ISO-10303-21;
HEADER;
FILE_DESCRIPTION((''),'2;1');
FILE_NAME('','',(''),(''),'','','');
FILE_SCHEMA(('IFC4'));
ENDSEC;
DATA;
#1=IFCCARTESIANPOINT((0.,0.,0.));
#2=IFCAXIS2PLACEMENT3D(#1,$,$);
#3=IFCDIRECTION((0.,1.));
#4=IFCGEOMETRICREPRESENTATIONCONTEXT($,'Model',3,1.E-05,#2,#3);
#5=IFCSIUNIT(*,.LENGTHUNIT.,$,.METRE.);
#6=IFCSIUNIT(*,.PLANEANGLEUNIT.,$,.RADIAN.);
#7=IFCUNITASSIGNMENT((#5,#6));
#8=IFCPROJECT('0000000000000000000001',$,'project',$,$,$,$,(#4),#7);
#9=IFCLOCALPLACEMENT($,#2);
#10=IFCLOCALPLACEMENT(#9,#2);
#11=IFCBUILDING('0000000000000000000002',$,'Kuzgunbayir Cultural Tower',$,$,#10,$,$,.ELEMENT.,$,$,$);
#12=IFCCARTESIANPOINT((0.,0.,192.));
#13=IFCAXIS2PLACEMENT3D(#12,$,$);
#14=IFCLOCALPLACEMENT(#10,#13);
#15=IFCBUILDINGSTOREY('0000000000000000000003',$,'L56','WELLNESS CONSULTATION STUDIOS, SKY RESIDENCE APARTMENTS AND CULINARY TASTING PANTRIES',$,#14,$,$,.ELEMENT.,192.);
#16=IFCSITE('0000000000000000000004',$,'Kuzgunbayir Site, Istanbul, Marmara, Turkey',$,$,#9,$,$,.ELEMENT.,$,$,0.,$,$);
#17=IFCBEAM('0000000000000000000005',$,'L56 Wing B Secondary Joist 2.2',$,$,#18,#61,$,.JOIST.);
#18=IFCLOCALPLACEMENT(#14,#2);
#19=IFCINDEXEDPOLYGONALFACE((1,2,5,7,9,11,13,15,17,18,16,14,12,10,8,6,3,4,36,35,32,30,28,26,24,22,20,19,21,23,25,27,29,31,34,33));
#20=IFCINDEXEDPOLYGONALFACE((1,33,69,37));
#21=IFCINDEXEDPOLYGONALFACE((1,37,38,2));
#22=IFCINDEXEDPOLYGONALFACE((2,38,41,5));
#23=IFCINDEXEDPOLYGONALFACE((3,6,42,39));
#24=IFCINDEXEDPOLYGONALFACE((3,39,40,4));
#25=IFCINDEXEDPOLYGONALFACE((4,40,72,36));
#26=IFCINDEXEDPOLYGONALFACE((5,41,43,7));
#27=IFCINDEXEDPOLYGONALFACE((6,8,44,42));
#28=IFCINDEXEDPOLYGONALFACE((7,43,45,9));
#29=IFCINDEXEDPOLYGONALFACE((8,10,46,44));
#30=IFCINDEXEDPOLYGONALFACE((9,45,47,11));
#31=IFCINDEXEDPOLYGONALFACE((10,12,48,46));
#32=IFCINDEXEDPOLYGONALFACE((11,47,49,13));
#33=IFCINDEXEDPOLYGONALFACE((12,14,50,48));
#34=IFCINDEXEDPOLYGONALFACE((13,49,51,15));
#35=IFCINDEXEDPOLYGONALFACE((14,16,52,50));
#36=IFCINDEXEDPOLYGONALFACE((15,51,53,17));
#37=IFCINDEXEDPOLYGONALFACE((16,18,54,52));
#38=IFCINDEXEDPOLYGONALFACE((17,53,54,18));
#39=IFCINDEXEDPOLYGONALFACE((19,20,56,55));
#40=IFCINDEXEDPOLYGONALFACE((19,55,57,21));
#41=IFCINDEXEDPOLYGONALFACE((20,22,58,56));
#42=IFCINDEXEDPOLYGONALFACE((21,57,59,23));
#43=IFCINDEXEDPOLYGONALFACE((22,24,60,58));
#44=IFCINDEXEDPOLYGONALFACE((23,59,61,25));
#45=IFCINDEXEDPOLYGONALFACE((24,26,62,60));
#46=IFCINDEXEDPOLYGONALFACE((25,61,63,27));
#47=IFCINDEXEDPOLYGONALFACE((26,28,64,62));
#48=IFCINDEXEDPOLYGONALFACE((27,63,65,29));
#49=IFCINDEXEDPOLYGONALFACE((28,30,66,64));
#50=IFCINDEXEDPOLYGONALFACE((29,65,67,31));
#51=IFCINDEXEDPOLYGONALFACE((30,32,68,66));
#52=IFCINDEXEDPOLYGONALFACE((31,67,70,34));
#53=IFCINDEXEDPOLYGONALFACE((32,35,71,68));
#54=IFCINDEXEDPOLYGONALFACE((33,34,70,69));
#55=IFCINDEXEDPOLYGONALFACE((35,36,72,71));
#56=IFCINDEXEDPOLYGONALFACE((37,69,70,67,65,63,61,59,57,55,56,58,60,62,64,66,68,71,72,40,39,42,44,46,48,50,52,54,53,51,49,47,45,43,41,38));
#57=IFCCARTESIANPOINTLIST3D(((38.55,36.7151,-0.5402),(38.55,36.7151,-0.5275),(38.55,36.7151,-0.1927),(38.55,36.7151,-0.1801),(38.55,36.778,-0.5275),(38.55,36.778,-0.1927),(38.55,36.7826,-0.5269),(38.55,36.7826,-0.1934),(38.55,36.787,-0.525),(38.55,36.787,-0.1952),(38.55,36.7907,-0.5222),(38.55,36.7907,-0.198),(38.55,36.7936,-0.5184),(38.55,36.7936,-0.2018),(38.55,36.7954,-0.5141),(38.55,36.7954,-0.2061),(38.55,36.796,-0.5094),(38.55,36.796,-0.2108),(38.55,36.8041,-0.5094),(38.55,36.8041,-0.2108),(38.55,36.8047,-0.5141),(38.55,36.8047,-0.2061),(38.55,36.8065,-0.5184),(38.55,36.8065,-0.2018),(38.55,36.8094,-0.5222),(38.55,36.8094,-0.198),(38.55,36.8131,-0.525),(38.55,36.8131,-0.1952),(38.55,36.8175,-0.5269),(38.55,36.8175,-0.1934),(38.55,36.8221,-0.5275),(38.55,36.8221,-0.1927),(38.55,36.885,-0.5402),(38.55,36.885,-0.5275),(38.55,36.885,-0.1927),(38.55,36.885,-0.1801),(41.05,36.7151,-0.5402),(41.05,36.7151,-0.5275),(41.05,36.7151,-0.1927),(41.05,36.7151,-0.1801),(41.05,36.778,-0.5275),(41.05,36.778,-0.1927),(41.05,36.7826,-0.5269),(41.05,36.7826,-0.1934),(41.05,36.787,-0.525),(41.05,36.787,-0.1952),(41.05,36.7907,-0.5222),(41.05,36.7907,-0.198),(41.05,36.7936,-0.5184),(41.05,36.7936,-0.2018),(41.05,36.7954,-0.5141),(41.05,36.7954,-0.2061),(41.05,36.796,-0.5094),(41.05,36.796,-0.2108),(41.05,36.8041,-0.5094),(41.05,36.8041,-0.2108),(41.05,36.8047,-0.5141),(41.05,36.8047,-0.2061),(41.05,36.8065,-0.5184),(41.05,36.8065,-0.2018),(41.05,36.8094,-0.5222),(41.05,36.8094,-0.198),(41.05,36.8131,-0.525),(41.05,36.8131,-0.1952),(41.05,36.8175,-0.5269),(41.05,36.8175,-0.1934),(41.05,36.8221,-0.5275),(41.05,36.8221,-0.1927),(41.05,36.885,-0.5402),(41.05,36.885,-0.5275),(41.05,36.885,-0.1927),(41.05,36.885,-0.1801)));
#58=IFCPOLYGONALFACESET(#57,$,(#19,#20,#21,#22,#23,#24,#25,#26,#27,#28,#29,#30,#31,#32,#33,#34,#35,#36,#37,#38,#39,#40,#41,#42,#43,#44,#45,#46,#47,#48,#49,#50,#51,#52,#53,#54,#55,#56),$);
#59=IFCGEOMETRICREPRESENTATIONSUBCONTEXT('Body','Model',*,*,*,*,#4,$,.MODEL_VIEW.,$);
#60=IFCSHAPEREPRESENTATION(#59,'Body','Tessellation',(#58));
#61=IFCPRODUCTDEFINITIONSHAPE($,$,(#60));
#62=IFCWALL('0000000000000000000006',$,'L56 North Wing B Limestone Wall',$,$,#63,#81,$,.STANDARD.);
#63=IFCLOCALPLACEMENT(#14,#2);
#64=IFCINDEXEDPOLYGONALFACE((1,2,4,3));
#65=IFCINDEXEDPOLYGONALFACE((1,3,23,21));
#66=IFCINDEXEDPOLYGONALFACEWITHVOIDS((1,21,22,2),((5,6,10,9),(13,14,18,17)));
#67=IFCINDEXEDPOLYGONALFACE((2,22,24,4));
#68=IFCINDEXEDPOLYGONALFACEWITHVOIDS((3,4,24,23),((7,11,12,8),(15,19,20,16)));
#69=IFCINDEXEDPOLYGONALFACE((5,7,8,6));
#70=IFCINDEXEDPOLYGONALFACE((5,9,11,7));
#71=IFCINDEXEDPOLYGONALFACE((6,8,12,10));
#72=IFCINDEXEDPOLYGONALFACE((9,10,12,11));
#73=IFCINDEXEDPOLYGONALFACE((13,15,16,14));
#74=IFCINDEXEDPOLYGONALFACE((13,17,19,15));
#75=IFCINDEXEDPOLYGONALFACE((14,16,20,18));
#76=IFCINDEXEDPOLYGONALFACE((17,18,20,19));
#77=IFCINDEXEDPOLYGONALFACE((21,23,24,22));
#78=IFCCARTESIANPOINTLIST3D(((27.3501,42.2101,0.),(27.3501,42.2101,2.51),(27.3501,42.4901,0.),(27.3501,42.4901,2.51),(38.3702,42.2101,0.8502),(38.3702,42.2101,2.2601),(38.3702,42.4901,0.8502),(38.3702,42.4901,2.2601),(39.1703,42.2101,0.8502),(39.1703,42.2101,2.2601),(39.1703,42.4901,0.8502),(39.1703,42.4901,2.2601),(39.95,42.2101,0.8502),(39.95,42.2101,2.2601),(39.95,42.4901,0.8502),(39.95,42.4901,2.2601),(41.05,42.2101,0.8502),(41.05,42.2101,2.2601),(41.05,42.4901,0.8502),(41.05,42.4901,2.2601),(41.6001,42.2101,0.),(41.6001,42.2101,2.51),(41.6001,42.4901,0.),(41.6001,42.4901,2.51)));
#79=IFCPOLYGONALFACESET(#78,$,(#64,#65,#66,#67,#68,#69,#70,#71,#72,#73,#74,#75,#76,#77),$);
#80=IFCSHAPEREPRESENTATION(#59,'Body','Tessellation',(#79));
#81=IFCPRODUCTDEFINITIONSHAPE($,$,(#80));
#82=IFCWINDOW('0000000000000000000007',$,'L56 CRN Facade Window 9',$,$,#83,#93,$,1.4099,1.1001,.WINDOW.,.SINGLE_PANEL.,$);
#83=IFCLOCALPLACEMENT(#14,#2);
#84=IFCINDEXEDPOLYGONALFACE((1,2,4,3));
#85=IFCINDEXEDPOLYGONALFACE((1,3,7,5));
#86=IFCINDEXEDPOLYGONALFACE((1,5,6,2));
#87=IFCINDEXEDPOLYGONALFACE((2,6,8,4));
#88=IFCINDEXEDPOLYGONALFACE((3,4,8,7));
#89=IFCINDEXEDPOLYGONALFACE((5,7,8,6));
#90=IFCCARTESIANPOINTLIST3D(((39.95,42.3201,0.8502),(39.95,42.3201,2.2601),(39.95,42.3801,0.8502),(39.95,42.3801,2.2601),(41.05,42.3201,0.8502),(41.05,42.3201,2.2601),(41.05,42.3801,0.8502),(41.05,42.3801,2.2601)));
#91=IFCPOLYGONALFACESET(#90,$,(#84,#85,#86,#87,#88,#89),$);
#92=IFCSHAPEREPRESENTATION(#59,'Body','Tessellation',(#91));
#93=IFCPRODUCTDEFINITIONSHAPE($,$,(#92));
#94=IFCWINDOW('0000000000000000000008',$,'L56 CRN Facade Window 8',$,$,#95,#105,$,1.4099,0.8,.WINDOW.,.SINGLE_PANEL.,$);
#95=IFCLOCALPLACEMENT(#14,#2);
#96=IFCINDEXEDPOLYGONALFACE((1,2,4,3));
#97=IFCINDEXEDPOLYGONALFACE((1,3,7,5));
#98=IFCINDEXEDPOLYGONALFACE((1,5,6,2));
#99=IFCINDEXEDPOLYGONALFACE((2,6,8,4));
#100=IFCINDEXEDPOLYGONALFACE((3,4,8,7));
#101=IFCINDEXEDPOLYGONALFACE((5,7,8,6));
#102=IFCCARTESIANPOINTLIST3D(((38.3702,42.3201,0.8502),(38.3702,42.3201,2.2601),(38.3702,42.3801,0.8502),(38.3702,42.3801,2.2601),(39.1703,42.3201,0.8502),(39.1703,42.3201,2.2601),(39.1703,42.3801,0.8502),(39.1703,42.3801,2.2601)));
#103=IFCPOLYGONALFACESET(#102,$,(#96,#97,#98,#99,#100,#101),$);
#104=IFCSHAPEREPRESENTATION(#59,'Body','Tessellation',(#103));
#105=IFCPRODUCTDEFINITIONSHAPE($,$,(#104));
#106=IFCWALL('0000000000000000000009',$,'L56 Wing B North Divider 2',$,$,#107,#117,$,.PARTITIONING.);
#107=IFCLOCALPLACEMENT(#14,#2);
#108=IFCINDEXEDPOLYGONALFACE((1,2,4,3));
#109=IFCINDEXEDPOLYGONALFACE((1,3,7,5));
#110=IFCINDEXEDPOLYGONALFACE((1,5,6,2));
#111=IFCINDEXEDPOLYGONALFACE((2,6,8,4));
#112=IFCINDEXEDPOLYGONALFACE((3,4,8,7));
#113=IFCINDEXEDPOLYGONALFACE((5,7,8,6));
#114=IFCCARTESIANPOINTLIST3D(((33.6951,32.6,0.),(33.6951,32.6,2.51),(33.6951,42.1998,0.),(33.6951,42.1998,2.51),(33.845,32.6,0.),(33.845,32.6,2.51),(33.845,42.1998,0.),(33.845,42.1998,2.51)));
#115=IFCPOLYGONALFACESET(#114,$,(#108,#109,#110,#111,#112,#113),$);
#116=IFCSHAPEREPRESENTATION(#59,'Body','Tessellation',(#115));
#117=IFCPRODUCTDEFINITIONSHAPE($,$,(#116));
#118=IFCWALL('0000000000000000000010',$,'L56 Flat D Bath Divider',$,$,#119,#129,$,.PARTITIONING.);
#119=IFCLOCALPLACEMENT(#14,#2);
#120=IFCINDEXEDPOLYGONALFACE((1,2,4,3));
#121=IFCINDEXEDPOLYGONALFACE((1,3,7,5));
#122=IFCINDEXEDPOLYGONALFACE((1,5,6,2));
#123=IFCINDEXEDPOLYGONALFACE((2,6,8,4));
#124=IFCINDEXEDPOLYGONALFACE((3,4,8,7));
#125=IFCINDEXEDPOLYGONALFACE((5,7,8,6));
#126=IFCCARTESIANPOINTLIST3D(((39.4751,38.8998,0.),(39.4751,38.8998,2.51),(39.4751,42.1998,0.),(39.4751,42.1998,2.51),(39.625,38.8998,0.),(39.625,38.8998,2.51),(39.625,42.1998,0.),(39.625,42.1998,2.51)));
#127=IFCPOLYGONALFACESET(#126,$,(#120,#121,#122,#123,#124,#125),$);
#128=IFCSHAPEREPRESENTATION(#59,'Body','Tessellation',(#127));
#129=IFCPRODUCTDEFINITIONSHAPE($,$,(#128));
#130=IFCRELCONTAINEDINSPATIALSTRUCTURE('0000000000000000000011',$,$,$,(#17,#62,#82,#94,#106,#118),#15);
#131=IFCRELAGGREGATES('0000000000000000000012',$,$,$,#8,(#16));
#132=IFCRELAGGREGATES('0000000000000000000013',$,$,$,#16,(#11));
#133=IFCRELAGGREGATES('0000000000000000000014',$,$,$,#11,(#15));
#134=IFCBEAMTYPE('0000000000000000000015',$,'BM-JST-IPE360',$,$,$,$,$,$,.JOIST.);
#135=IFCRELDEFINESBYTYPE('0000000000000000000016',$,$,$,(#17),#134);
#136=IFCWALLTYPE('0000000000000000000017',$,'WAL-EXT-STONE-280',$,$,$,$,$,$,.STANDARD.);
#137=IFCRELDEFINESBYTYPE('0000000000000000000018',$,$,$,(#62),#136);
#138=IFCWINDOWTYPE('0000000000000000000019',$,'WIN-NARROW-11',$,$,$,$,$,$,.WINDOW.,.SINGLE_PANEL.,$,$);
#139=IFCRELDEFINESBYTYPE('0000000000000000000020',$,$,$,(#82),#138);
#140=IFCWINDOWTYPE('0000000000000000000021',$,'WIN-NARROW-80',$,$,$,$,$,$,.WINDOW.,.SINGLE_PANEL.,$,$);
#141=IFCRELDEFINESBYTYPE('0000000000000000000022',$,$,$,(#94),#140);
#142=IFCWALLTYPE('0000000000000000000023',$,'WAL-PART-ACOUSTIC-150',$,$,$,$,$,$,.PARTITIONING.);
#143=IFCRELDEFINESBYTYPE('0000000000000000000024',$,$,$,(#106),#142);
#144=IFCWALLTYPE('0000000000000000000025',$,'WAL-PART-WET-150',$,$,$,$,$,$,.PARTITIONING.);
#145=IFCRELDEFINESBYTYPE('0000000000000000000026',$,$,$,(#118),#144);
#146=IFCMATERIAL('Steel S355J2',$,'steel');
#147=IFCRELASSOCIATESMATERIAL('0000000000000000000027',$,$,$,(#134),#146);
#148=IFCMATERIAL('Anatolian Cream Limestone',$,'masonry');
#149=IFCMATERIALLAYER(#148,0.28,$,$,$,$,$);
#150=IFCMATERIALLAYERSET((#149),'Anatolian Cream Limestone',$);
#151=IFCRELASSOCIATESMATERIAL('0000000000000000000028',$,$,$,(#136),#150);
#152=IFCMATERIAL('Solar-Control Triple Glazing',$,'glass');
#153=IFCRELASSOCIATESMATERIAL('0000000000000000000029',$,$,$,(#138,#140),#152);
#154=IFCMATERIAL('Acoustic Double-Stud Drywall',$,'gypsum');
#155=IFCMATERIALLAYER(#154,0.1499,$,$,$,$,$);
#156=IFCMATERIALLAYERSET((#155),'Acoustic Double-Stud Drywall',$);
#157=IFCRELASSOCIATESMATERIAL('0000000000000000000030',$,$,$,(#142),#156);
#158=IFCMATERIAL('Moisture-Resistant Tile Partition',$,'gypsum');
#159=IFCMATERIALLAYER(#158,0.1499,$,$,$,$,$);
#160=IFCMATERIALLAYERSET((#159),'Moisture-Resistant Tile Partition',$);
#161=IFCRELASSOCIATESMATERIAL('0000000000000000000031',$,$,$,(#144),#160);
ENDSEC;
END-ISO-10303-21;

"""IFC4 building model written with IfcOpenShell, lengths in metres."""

from ifc_helpers import new_model, si_unit, direction, frame, frame_2d, origin, origin_2d, place, context, subcontext, project, spatial, rectangle, i_section, extrude, material, layer, layer_set, material_profile, profile_set, type_object, element, fill, save


model = new_model("IFC4")

# Units and contexts
model_context = context("Model", 3, precision=1e-05, world=origin(), true_north=direction((0.0, 1.0)))
body_context = subcontext(model_context, "Body", "Model", "MODEL_VIEW")
ifc_project = project(units=[si_unit("LENGTHUNIT", "METRE"), si_unit("PLANEANGLEUNIT", "RADIAN")], contexts=[model_context])

# Site, building, storey
site_placement = place(None, origin())
site = spatial("IfcSite", under=ifc_project, at=site_placement, Name="Kuzgunbayir Site, Istanbul, Marmara, Turkey", CompositionType="ELEMENT", RefElevation=0.0)
building_placement = place(site_placement, origin())
building = spatial("IfcBuilding", under=site, at=building_placement, Name="Kuzgunbayir Cultural Tower", CompositionType="ELEMENT")
storey_placement = place(building_placement, frame((0.0, 0.0, 192.0)))
storey = spatial("IfcBuildingStorey", under=building, at=storey_placement, Name="L56", Description="WELLNESS CONSULTATION STUDIOS, SKY RESIDENCE APARTMENTS AND CULINARY TASTING PANTRIES", CompositionType="ELEMENT", Elevation=192.0)

# Beam
ifc_material_1 = material(Name="Steel S355J2", Category="steel")
ifc_material_profile_1 = material_profile(ifc_material_1, i_section(OverallWidth=0.1699, OverallDepth=0.3601, WebThickness=0.0081, FlangeThickness=0.0127, FilletRadius=0.0181, at=origin_2d()), Name="IPE 360")
ifc_profile_set_1 = profile_set([ifc_material_profile_1], Name="Steel S355J2")
beam_type_1 = type_object("IfcBeamType", Name="BM-JST-IPE360", PredefinedType="JOIST", material=ifc_profile_set_1)
for number, where, z_axis, x_axis, name in (
    (1, (38.55, 36.8, -0.3601), (1.0, 0.0, 0.0), (0.0, 1.0, 0.0), "L56 Wing B Secondary Joist 2.2"),
):
    element("IfcBeam", number, at=place(storey_placement, frame(where, z_axis=z_axis, x_axis=x_axis)), inside=storey, type_object=beam_type_1, Name=name, PredefinedType="JOIST", context=body_context, shape_type="SweptSolid", body=[
        extrude(i_section(OverallWidth=0.1699, OverallDepth=0.3601, WebThickness=0.0081, FlangeThickness=0.0127, FilletRadius=0.0181, at=origin_2d()), origin(), (0.0, 0.0, 1.0), 2.5),
    ])

# Wall, openings, windows
ifc_material_2 = material(Name="Anatolian Cream Limestone", Category="masonry")
ifc_layer_1 = layer(ifc_material_2, 0.28)
ifc_layer_set_1 = layer_set([ifc_layer_1], Name="Anatolian Cream Limestone")
wall_type_1 = type_object("IfcWallType", Name="WAL-EXT-STONE-280", PredefinedType="STANDARD", material=ifc_layer_set_1)
wall_1_placement = place(storey_placement, frame((41.6001, 42.3501, 0.0), z_axis=(0.0, 0.0, 1.0), x_axis=(-1.0, 0.0, 0.0)))
wall_1 = element("IfcWall", 2, at=wall_1_placement, inside=storey, type_object=wall_type_1, Name="L56 North Wing B Limestone Wall", PredefinedType="STANDARD", context=body_context, shape_type="SweptSolid", body=[
    extrude(rectangle(XDim=14.25, YDim=0.28, at=frame_2d((7.125, 0.0))), origin(), (0.0, 0.0, 1.0), 2.51),
])
opening_1_placement = place(wall_1_placement, frame((2.4299, 0.0, 0.8501)))
opening_1 = element("IfcOpeningElement", 3, at=opening_1_placement, cuts=wall_1, PredefinedType="OPENING", context=body_context, shape_type="SweptSolid", body=[
    extrude(rectangle(XDim=0.8, YDim=1.4099, at=frame_2d((0.3999, 0.7051))), frame((0.0, 0.1499, 0.0), z_axis=(0.0, -1.0, 0.0), x_axis=(1.0, 0.0, 0.0)), (0.0, 0.0, 1.0), 0.3),
])
opening_2_placement = place(wall_1_placement, frame((0.55, 0.0, 0.8501)))
opening_2 = element("IfcOpeningElement", 4, at=opening_2_placement, cuts=wall_1, PredefinedType="OPENING", context=body_context, shape_type="SweptSolid", body=[
    extrude(rectangle(XDim=1.1001, YDim=1.4099, at=frame_2d((0.55, 0.7051))), frame((0.0, 0.1499, 0.0), z_axis=(0.0, -1.0, 0.0), x_axis=(1.0, 0.0, 0.0)), (0.0, 0.0, 1.0), 0.3),
])
ifc_material_3 = material(Name="Solar-Control Triple Glazing", Category="glass")
window_type_1 = type_object("IfcWindowType", Name="WIN-NARROW-11", PartitioningType="SINGLE_PANEL", PredefinedType="WINDOW", material=ifc_material_3)
window_1_placement = place(opening_2_placement, origin())
window_1 = element("IfcWindow", 5, at=window_1_placement, inside=storey, type_object=window_type_1, Name="L56 CRN Facade Window 9", OverallHeight=1.4099, OverallWidth=1.1001, PartitioningType="SINGLE_PANEL", PredefinedType="WINDOW", context=body_context, shape_type="SweptSolid", body=[
    extrude(rectangle(XDim=1.1001, YDim=1.4099, at=frame_2d((0.55, 0.7051))), frame((0.0, 0.03, 0.0), z_axis=(0.0, -1.0, 0.0), x_axis=(1.0, 0.0, 0.0)), (0.0, 0.0, 1.0), 0.0601),
])
fill(opening_2, window_1)
window_type_2 = type_object("IfcWindowType", Name="WIN-NARROW-80", PartitioningType="SINGLE_PANEL", PredefinedType="WINDOW", material=ifc_material_3)
window_2_placement = place(opening_1_placement, origin())
window_2 = element("IfcWindow", 6, at=window_2_placement, inside=storey, type_object=window_type_2, Name="L56 CRN Facade Window 8", OverallHeight=1.4099, OverallWidth=0.8, PartitioningType="SINGLE_PANEL", PredefinedType="WINDOW", context=body_context, shape_type="SweptSolid", body=[
    extrude(rectangle(XDim=0.8, YDim=1.4099, at=frame_2d((0.3999, 0.7051))), frame((0.0, 0.03, 0.0), z_axis=(0.0, -1.0, 0.0), x_axis=(1.0, 0.0, 0.0)), (0.0, 0.0, 1.0), 0.0601),
])
fill(opening_1, window_2)

# Wall
ifc_material_4 = material(Name="Acoustic Double-Stud Drywall", Category="gypsum")
ifc_layer_2 = layer(ifc_material_4, 0.1499)
ifc_layer_set_2 = layer_set([ifc_layer_2], Name="Acoustic Double-Stud Drywall")
wall_type_2 = type_object("IfcWallType", Name="WAL-PART-ACOUSTIC-150", PredefinedType="PARTITIONING", material=ifc_layer_set_2)
wall_2_placement = place(storey_placement, frame((33.77, 32.6001, 0.0), z_axis=(0.0, 0.0, 1.0), x_axis=(0.0, 1.0, 0.0)))
element("IfcWall", 7, at=wall_2_placement, inside=storey, type_object=wall_type_2, Name="L56 Wing B North Divider 2", PredefinedType="PARTITIONING", context=body_context, shape_type="SweptSolid", body=[
    extrude(rectangle(XDim=9.5999, YDim=0.1499, at=frame_2d((4.7998, 0.0))), origin(), (0.0, 0.0, 1.0), 2.51),
])

# Shared definitions
ifc_material_5 = material(Name="Moisture-Resistant Tile Partition", Category="gypsum")
ifc_layer_3 = layer(ifc_material_5, 0.1499)
ifc_layer_set_3 = layer_set([ifc_layer_3], Name="Moisture-Resistant Tile Partition")
wall_type_3 = type_object("IfcWallType", Name="WAL-PART-WET-150", PredefinedType="PARTITIONING", material=ifc_layer_set_3)

# Wall
wall_3_placement = place(storey_placement, frame((39.55, 38.8999, 0.0), z_axis=(0.0, 0.0, 1.0), x_axis=(0.0, 1.0, 0.0)))
element("IfcWall", 8, at=wall_3_placement, inside=storey, type_object=wall_type_3, Name="L56 Flat D Bath Divider", PredefinedType="PARTITIONING", context=body_context, shape_type="SweptSolid", body=[
    extrude(rectangle(XDim=3.3, YDim=0.1499, at=frame_2d((1.6499, 0.0))), origin(), (0.0, 0.0, 1.0), 2.51),
])

save(model, "model.ifc")
